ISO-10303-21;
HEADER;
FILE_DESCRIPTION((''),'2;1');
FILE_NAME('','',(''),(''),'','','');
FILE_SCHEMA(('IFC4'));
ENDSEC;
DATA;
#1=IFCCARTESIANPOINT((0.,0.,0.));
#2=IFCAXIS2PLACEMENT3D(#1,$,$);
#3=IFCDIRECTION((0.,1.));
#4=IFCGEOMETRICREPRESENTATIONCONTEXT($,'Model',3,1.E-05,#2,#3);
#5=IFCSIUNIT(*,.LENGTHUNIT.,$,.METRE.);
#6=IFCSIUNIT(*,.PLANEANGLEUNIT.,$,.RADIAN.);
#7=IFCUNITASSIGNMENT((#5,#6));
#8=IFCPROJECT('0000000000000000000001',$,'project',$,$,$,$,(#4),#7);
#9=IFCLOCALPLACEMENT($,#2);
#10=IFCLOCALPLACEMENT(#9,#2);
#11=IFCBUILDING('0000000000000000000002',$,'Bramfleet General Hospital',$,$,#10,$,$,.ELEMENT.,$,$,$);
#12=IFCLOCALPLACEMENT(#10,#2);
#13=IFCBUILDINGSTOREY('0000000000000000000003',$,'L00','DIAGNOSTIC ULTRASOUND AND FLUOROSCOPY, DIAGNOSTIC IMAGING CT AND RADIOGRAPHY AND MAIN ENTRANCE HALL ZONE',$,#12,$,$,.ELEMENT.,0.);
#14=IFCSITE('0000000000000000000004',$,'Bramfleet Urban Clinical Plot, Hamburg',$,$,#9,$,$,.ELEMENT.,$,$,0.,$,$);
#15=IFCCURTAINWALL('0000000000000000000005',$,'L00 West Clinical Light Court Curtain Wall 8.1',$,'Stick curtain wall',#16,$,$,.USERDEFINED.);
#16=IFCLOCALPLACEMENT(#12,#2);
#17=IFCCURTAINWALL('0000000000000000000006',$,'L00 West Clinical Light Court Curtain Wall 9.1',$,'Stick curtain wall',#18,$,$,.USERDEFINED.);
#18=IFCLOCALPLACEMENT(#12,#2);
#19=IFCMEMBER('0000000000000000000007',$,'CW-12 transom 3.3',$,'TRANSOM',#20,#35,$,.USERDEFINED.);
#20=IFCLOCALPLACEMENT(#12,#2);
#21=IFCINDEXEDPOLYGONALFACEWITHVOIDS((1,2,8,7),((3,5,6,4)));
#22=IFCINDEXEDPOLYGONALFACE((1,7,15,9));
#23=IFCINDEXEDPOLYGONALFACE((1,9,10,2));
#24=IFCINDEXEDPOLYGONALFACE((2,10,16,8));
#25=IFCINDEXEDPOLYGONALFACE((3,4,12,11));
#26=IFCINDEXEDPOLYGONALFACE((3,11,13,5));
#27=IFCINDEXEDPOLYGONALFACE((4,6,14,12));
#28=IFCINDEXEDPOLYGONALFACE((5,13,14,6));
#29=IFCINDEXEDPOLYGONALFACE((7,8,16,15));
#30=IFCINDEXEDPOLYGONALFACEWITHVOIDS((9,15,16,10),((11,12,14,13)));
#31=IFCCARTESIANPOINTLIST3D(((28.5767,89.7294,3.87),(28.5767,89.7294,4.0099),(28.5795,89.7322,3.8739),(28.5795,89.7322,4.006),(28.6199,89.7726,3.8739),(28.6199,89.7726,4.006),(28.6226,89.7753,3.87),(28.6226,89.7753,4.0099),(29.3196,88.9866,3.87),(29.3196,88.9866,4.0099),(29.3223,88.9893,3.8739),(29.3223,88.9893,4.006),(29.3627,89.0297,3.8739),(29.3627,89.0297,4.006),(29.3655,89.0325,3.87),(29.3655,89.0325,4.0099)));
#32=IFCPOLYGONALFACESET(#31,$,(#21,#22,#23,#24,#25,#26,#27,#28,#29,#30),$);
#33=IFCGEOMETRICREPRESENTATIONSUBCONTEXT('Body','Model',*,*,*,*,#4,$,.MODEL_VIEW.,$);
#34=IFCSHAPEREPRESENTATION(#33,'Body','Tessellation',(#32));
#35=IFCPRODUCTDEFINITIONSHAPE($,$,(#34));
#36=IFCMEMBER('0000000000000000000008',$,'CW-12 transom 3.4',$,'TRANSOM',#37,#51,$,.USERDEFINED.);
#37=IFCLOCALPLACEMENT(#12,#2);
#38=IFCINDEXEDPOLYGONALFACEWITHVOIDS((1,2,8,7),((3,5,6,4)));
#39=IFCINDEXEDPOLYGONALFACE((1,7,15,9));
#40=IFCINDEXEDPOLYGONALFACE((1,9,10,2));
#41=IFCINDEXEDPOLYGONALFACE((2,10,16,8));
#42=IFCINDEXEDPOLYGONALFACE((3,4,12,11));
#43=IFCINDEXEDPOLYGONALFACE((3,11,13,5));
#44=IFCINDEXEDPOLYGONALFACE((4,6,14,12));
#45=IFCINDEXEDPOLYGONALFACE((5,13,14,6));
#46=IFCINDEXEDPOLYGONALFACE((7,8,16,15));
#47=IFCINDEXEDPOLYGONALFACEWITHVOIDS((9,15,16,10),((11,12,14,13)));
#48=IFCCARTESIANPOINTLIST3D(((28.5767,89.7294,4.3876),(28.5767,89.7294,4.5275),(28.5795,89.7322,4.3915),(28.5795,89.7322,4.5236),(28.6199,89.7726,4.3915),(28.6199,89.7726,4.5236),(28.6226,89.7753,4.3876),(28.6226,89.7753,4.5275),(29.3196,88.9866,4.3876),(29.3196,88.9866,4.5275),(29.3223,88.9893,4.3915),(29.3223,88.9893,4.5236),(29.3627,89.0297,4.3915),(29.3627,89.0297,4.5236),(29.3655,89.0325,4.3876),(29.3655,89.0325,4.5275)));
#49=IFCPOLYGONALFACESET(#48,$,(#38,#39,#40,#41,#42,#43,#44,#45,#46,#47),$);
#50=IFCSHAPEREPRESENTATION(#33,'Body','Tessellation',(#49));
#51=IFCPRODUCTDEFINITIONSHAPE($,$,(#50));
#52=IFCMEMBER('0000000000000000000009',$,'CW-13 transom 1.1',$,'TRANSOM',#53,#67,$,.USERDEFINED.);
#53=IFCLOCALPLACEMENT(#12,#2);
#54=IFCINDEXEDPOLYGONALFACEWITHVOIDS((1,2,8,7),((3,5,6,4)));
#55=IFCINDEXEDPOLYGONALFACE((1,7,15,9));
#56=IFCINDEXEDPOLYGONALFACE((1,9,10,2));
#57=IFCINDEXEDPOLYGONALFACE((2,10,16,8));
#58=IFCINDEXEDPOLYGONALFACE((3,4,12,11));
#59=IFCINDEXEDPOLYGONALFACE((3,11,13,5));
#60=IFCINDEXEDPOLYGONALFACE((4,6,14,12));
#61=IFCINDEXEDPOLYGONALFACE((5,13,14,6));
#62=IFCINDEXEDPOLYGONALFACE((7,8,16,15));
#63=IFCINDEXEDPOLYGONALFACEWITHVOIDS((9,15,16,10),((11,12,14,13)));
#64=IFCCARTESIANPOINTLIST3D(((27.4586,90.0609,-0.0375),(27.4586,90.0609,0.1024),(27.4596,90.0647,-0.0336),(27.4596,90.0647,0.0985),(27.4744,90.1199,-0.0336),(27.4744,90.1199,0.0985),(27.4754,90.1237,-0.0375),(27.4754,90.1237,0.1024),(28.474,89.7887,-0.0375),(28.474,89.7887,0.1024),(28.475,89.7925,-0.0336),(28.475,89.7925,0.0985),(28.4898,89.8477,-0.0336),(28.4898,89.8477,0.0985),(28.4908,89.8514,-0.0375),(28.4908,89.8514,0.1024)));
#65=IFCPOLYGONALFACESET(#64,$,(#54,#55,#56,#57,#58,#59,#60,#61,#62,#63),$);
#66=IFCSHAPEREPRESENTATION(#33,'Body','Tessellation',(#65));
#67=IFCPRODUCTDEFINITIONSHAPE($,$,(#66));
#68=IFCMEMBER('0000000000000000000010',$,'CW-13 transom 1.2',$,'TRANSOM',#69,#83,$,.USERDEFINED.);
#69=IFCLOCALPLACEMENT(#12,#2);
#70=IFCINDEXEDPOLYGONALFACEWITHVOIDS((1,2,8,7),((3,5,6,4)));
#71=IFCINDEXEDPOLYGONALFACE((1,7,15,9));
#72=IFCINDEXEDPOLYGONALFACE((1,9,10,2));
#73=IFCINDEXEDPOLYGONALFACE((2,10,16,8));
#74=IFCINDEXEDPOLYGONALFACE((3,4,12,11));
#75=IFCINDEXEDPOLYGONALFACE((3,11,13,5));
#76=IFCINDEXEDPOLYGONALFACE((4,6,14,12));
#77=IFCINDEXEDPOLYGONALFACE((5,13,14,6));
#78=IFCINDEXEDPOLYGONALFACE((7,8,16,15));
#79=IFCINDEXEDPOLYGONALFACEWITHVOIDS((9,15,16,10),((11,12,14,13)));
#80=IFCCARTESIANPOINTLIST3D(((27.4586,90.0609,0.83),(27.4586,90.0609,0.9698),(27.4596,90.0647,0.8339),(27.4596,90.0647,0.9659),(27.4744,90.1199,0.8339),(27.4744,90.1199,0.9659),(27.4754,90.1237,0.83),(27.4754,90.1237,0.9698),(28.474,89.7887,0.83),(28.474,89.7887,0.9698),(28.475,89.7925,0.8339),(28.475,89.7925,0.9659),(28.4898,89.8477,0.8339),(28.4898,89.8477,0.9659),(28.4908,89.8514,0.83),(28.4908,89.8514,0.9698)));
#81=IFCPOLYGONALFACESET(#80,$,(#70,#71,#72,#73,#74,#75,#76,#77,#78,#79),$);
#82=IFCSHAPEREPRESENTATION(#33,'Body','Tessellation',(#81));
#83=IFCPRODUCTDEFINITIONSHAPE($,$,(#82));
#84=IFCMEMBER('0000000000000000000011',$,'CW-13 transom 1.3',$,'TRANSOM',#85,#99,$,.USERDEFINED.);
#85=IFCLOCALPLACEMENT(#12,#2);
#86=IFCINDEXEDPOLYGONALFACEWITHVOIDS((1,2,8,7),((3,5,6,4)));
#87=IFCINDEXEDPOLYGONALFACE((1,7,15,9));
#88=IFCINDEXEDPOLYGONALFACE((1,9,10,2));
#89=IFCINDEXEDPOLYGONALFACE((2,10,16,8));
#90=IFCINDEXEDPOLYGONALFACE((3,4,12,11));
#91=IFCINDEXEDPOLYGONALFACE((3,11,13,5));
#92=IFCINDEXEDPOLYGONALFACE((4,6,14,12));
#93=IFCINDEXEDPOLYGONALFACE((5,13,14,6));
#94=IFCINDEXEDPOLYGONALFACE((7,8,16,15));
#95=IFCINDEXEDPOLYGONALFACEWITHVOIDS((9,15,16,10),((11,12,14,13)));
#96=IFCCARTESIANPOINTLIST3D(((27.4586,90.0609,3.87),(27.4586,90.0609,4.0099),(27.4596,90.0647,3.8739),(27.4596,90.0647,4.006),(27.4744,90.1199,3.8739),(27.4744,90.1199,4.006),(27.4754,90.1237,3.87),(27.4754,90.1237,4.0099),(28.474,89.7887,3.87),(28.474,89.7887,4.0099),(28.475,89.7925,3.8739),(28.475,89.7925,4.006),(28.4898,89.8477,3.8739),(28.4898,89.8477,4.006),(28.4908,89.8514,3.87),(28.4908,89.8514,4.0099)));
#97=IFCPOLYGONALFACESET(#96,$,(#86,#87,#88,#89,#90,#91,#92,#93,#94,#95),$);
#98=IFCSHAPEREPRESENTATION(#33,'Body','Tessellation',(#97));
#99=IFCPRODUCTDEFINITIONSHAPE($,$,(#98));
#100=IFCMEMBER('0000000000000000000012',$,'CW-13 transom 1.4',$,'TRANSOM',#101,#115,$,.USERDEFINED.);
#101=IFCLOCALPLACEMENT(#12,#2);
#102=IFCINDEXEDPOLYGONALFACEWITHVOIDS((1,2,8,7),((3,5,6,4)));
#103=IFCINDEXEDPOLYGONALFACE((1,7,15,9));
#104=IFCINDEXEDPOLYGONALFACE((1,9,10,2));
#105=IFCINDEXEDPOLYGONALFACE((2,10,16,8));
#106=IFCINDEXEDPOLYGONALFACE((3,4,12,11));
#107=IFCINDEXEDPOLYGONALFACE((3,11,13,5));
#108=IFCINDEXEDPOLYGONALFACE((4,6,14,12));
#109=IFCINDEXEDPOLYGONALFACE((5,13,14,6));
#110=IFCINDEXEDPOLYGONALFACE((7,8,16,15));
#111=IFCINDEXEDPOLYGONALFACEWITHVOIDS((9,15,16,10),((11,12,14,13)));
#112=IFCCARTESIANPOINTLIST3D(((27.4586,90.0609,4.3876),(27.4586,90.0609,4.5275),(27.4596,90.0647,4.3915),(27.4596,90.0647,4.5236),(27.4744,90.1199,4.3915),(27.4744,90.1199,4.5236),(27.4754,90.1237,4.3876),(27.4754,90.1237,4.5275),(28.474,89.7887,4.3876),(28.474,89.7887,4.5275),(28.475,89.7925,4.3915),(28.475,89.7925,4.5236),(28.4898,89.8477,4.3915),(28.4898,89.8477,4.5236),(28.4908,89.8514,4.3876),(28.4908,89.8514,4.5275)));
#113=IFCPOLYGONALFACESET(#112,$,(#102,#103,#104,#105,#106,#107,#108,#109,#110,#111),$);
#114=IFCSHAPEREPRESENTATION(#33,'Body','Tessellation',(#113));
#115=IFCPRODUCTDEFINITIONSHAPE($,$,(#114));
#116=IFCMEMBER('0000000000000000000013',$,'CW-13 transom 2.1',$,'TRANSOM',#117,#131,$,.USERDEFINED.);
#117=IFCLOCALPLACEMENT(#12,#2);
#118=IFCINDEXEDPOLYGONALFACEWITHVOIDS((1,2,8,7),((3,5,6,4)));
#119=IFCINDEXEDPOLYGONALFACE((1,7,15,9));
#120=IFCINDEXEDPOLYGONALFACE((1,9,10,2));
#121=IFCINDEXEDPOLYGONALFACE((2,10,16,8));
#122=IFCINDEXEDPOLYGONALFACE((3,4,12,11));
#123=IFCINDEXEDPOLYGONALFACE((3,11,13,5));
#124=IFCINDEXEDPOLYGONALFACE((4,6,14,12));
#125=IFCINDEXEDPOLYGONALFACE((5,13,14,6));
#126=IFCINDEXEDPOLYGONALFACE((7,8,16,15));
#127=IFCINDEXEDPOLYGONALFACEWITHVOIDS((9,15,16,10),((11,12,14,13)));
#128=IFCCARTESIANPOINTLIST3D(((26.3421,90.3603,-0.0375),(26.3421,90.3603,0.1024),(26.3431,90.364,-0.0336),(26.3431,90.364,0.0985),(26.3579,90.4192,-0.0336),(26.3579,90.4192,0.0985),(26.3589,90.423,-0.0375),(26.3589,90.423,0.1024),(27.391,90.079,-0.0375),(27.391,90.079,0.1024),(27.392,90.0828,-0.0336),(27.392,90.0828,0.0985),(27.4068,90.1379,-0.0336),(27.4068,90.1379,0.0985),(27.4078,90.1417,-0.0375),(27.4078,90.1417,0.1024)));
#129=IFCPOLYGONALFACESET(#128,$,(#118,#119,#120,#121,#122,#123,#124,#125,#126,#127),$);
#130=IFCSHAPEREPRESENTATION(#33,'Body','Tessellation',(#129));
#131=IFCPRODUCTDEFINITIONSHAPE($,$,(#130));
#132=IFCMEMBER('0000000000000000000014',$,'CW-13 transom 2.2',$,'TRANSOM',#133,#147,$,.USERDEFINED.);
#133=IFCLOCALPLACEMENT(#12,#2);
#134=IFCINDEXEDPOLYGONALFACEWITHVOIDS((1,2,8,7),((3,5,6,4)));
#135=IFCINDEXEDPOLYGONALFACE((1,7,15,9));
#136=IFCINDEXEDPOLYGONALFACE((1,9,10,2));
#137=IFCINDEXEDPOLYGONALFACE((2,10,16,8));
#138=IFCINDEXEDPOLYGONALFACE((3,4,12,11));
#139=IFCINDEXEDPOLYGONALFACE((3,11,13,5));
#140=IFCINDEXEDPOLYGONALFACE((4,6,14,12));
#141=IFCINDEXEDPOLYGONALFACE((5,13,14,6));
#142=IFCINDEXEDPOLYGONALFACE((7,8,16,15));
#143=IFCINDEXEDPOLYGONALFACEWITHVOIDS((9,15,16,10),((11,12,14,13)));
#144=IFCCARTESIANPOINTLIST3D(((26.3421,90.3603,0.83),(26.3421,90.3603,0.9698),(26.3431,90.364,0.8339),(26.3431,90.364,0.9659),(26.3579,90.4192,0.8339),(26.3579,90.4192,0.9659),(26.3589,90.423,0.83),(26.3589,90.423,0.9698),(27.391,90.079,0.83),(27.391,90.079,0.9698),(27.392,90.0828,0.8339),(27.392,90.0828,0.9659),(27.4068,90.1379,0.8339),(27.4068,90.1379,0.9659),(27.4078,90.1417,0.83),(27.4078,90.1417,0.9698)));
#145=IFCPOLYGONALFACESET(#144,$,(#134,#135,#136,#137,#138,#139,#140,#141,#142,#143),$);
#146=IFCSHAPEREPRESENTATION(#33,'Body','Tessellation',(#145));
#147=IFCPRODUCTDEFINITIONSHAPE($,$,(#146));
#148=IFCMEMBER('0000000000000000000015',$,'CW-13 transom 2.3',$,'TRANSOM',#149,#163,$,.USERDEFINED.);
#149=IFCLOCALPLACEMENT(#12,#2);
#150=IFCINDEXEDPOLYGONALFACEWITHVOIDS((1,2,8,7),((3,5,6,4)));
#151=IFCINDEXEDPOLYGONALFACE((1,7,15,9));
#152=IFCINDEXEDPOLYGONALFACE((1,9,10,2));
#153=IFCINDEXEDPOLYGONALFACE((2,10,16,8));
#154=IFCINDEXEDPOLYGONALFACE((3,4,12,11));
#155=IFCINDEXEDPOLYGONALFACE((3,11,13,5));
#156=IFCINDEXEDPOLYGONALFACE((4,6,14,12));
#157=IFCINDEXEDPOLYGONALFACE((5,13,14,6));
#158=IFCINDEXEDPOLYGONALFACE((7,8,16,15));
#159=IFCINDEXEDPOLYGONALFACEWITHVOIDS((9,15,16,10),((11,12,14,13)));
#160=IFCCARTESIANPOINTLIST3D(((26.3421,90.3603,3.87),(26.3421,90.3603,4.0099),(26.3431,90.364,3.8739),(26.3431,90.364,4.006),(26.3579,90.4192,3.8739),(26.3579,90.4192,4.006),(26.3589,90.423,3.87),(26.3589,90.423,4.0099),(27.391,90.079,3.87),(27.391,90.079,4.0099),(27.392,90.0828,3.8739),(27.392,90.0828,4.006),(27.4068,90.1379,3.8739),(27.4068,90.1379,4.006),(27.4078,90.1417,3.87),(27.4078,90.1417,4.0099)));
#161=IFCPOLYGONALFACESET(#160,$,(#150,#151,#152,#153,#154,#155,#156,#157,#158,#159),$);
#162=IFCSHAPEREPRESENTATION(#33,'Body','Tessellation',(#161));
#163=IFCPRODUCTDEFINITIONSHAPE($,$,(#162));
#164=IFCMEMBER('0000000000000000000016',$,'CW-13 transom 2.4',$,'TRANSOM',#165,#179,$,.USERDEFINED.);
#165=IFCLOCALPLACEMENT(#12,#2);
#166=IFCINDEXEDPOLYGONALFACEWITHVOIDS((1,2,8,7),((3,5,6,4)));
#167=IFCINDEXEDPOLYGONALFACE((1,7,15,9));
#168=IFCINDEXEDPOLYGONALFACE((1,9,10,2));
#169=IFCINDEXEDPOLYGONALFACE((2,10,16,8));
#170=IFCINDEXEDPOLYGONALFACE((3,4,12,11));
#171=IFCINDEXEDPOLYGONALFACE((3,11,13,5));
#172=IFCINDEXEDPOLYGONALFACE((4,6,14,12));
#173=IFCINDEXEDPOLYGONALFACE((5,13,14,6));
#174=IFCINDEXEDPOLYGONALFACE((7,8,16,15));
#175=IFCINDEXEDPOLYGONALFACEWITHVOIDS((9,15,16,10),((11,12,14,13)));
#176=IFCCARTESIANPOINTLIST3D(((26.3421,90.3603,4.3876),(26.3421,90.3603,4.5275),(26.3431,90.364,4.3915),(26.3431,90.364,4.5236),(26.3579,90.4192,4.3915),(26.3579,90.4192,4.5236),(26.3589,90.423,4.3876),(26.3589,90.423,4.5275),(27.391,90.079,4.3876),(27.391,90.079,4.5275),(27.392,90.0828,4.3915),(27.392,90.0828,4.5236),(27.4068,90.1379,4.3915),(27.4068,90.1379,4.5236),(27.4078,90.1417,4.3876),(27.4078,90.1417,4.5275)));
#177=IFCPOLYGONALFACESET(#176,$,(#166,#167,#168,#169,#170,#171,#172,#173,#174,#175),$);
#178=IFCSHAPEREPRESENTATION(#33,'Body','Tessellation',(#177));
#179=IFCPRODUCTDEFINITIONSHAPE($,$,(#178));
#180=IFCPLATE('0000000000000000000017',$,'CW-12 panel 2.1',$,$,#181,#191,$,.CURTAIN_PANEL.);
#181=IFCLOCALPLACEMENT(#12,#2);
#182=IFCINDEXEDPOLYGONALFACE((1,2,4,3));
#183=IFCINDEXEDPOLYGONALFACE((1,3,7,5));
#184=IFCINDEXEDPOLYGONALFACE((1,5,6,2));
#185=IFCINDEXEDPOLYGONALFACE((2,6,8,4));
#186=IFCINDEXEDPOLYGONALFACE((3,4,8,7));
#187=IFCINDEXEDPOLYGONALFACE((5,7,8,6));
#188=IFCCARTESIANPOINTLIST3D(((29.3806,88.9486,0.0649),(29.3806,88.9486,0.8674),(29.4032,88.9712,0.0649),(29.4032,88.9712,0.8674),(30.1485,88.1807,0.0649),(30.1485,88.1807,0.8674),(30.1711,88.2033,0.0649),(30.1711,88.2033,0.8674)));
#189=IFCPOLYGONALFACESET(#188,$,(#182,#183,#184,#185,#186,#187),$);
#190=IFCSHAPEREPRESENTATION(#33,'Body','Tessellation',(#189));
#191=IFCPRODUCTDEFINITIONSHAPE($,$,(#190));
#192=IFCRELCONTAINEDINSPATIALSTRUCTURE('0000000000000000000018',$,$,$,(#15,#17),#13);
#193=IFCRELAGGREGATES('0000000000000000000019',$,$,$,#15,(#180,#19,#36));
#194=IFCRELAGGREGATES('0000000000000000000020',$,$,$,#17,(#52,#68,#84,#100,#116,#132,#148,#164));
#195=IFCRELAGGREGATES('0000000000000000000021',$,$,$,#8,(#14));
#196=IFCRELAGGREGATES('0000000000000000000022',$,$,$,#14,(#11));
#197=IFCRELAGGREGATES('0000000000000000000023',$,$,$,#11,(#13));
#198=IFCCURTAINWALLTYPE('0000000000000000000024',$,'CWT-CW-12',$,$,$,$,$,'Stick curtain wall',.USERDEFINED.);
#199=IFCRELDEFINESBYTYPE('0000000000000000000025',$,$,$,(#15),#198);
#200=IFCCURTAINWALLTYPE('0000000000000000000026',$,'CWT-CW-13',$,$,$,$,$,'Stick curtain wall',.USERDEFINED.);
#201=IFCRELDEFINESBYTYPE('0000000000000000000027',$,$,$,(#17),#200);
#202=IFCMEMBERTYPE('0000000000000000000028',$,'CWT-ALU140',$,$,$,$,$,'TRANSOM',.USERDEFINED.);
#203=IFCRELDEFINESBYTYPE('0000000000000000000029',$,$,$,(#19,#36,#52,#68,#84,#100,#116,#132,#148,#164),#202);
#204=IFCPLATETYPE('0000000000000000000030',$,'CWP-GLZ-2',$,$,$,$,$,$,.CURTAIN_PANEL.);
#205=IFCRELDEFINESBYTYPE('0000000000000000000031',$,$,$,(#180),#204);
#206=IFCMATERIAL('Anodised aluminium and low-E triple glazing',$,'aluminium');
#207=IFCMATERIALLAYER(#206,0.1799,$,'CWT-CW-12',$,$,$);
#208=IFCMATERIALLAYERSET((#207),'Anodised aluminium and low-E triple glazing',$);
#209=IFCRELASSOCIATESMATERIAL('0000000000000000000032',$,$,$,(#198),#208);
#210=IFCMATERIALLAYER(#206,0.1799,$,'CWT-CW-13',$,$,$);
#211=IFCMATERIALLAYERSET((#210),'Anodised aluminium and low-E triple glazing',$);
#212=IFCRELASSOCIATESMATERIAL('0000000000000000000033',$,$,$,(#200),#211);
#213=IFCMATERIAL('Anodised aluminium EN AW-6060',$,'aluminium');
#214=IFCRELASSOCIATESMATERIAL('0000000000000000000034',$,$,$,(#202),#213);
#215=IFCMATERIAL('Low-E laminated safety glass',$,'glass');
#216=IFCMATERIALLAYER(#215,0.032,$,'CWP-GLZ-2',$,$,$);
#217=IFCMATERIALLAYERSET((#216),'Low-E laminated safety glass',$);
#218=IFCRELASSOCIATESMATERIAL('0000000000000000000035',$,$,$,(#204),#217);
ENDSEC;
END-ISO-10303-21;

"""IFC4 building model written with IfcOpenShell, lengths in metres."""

from ifc_helpers import new_model, si_unit, direction, frame, origin, origin_2d, place, context, subcontext, project, spatial, rectangle, hollow_rectangle, extrude, material, layer, layer_set, material_profile, profile_set, type_object, element, aggregate, save


model = new_model("IFC4")

# Units and contexts
model_context = context("Model", 3, precision=1e-05, world=origin(), true_north=direction((0.0, 1.0)))
body_context = subcontext(model_context, "Body", "Model", "MODEL_VIEW")
ifc_project = project(units=[si_unit("LENGTHUNIT", "METRE"), si_unit("PLANEANGLEUNIT", "RADIAN")], contexts=[model_context])

# Site, building, storey
site_placement = place(None, origin())
site = spatial("IfcSite", under=ifc_project, at=site_placement, Name="Bramfleet Urban Clinical Plot, Hamburg", CompositionType="ELEMENT", RefElevation=0.0)
building_placement = place(site_placement, origin())
building = spatial("IfcBuilding", under=site, at=building_placement, Name="Bramfleet General Hospital", CompositionType="ELEMENT")
storey_placement = place(building_placement, origin())
storey = spatial("IfcBuildingStorey", under=building, at=storey_placement, Name="L00", Description="DIAGNOSTIC ULTRASOUND AND FLUOROSCOPY, DIAGNOSTIC IMAGING CT AND RADIOGRAPHY AND MAIN ENTRANCE HALL ZONE", CompositionType="ELEMENT", Elevation=0.0)

# Curtain walls
ifc_material_1 = material(Name="Anodised aluminium and low-E triple glazing", Category="aluminium")
ifc_layer_1 = layer(ifc_material_1, 0.1799, Name="CWT-CW-12")
ifc_layer_set_1 = layer_set([ifc_layer_1], Name="Anodised aluminium and low-E triple glazing")
curtain_wall_type_1 = type_object("IfcCurtainWallType", Name="CWT-CW-12", ElementType="Stick curtain wall", PredefinedType="USERDEFINED", material=ifc_layer_set_1)
curtain_wall_1_placement = place(storey_placement, origin())
curtain_wall_1 = element("IfcCurtainWall", 1, at=curtain_wall_1_placement, inside=storey, type_object=curtain_wall_type_1, Name="L00 West Clinical Light Court Curtain Wall 8.1", ObjectType="Stick curtain wall", PredefinedType="USERDEFINED")
ifc_material_2 = material(Name="Anodised aluminium EN AW-6060", Category="aluminium")
ifc_layer_2 = layer(ifc_material_1, 0.1799, Name="CWT-CW-13")
ifc_layer_set_2 = layer_set([ifc_layer_2], Name="Anodised aluminium and low-E triple glazing")
curtain_wall_type_2 = type_object("IfcCurtainWallType", Name="CWT-CW-13", ElementType="Stick curtain wall", PredefinedType="USERDEFINED", material=ifc_layer_set_2)
curtain_wall_2_placement = place(storey_placement, origin())
curtain_wall_2 = element("IfcCurtainWall", 2, at=curtain_wall_2_placement, inside=storey, type_object=curtain_wall_type_2, Name="L00 West Clinical Light Court Curtain Wall 9.1", ObjectType="Stick curtain wall", PredefinedType="USERDEFINED")

# Members
ifc_material_profile_1 = material_profile(ifc_material_2, hollow_rectangle(XDim=0.0649, YDim=0.1399, WallThickness=0.0039, at=origin_2d()), Name="ALU 140x65x4.0")
ifc_profile_set_1 = profile_set([ifc_material_profile_1], Name="Anodised aluminium EN AW-6060")
member_type_1 = type_object("IfcMemberType", Name="CWT-ALU140", ElementType="TRANSOM", PredefinedType="USERDEFINED", material=ifc_profile_set_1)
member_1_placement = place(storey_placement, frame((29.3425, 89.0095, 3.9399), z_axis=(-0.707107, 0.707107, 0.0), x_axis=(-0.707107, -0.707107, 0.0)))
member_1 = element("IfcMember", 3, at=member_1_placement, type_object=member_type_1, Name="CW-12 transom 3.3", ObjectType="TRANSOM", PredefinedType="USERDEFINED", context=body_context, shape_type="SweptSolid", body=[
    extrude(hollow_rectangle(XDim=0.0649, YDim=0.1399, WallThickness=0.0039, at=origin_2d()), origin(), (0.0, 0.0, 1.0), 1.0505),
])
member_2_placement = place(storey_placement, frame((29.3425, 89.0095, 4.4575), z_axis=(-0.707107, 0.707107, 0.0), x_axis=(-0.707107, -0.707107, 0.0)))
member_2 = element("IfcMember", 4, at=member_2_placement, type_object=member_type_1, Name="CW-12 transom 3.4", ObjectType="TRANSOM", PredefinedType="USERDEFINED", context=body_context, shape_type="SweptSolid", body=[
    extrude(hollow_rectangle(XDim=0.0649, YDim=0.1399, WallThickness=0.0039, at=origin_2d()), origin(), (0.0, 0.0, 1.0), 1.0505),
])
member_3_placement = place(storey_placement, frame((28.4824, 89.8201, 0.0325), z_axis=(-0.965891, 0.258949, 0.0), x_axis=(-0.258949, -0.965891, 0.0)))
member_3 = element("IfcMember", 5, at=member_3_placement, type_object=member_type_1, Name="CW-13 transom 1.1", ObjectType="TRANSOM", PredefinedType="USERDEFINED", context=body_context, shape_type="SweptSolid", body=[
    extrude(hollow_rectangle(XDim=0.0649, YDim=0.1399, WallThickness=0.0039, at=origin_2d()), origin(), (0.0, 0.0, 1.0), 1.0513),
])
member_4_placement = place(storey_placement, frame((28.4824, 89.8201, 0.8999), z_axis=(-0.965891, 0.258949, 0.0), x_axis=(-0.258949, -0.965891, 0.0)))
member_4 = element("IfcMember", 6, at=member_4_placement, type_object=member_type_1, Name="CW-13 transom 1.2", ObjectType="TRANSOM", PredefinedType="USERDEFINED", context=body_context, shape_type="SweptSolid", body=[
    extrude(hollow_rectangle(XDim=0.0649, YDim=0.1399, WallThickness=0.0039, at=origin_2d()), origin(), (0.0, 0.0, 1.0), 1.0513),
])
member_5_placement = place(storey_placement, frame((28.4824, 89.8201, 3.9399), z_axis=(-0.965891, 0.258949, 0.0), x_axis=(-0.258949, -0.965891, 0.0)))
member_5 = element("IfcMember", 7, at=member_5_placement, type_object=member_type_1, Name="CW-13 transom 1.3", ObjectType="TRANSOM", PredefinedType="USERDEFINED", context=body_context, shape_type="SweptSolid", body=[
    extrude(hollow_rectangle(XDim=0.0649, YDim=0.1399, WallThickness=0.0039, at=origin_2d()), origin(), (0.0, 0.0, 1.0), 1.0513),
])
member_6_placement = place(storey_placement, frame((28.4824, 89.8201, 4.4575), z_axis=(-0.965891, 0.258949, 0.0), x_axis=(-0.258949, -0.965891, 0.0)))
member_6 = element("IfcMember", 8, at=member_6_placement, type_object=member_type_1, Name="CW-13 transom 1.4", ObjectType="TRANSOM", PredefinedType="USERDEFINED", context=body_context, shape_type="SweptSolid", body=[
    extrude(hollow_rectangle(XDim=0.0649, YDim=0.1399, WallThickness=0.0039, at=origin_2d()), origin(), (0.0, 0.0, 1.0), 1.0513),
])
member_7_placement = place(storey_placement, frame((27.3994, 90.1104, 0.0325), z_axis=(-0.965876, 0.259006, 0.0), x_axis=(-0.259006, -0.965876, 0.0)))
member_7 = element("IfcMember", 9, at=member_7_placement, type_object=member_type_1, Name="CW-13 transom 2.1", ObjectType="TRANSOM", PredefinedType="USERDEFINED", context=body_context, shape_type="SweptSolid", body=[
    extrude(hollow_rectangle(XDim=0.0649, YDim=0.1399, WallThickness=0.0039, at=origin_2d()), origin(), (0.0, 0.0, 1.0), 1.0859),
])
member_8_placement = place(storey_placement, frame((27.3994, 90.1104, 0.8999), z_axis=(-0.965876, 0.259006, 0.0), x_axis=(-0.259006, -0.965876, 0.0)))
member_8 = element("IfcMember", 10, at=member_8_placement, type_object=member_type_1, Name="CW-13 transom 2.2", ObjectType="TRANSOM", PredefinedType="USERDEFINED", context=body_context, shape_type="SweptSolid", body=[
    extrude(hollow_rectangle(XDim=0.0649, YDim=0.1399, WallThickness=0.0039, at=origin_2d()), origin(), (0.0, 0.0, 1.0), 1.0859),
])
member_9_placement = place(storey_placement, frame((27.3994, 90.1104, 3.9399), z_axis=(-0.965876, 0.259006, 0.0), x_axis=(-0.259006, -0.965876, 0.0)))
member_9 = element("IfcMember", 11, at=member_9_placement, type_object=member_type_1, Name="CW-13 transom 2.3", ObjectType="TRANSOM", PredefinedType="USERDEFINED", context=body_context, shape_type="SweptSolid", body=[
    extrude(hollow_rectangle(XDim=0.0649, YDim=0.1399, WallThickness=0.0039, at=origin_2d()), origin(), (0.0, 0.0, 1.0), 1.0859),
])
member_10_placement = place(storey_placement, frame((27.3994, 90.1104, 4.4575), z_axis=(-0.965876, 0.259006, 0.0), x_axis=(-0.259006, -0.965876, 0.0)))
member_10 = element("IfcMember", 12, at=member_10_placement, type_object=member_type_1, Name="CW-13 transom 2.4", ObjectType="TRANSOM", PredefinedType="USERDEFINED", context=body_context, shape_type="SweptSolid", body=[
    extrude(hollow_rectangle(XDim=0.0649, YDim=0.1399, WallThickness=0.0039, at=origin_2d()), origin(), (0.0, 0.0, 1.0), 1.0859),
])

# Plate
ifc_material_3 = material(Name="Low-E laminated safety glass", Category="glass")
ifc_layer_3 = layer(ifc_material_3, 0.032, Name="CWP-GLZ-2")
ifc_layer_set_3 = layer_set([ifc_layer_3], Name="Low-E laminated safety glass")
plate_type = type_object("IfcPlateType", Name="CWP-GLZ-2", PredefinedType="CURTAIN_PANEL", material=ifc_layer_set_3)
plate_1_placement = place(storey_placement, frame((29.7759, 88.5759, 0.0649), z_axis=(0.0, 0.0, 1.0), x_axis=(-0.707107, 0.707107, 0.0)))
plate_1 = element("IfcPlate", 13, at=plate_1_placement, type_object=plate_type, Name="CW-12 panel 2.1", PredefinedType="CURTAIN_PANEL", context=body_context, shape_type="SweptSolid", body=[
    extrude(rectangle(XDim=1.0859, YDim=0.032, at=origin_2d()), origin(), (0.0, 0.0, 1.0), 0.8025),
])
aggregate(curtain_wall_1, [plate_1, member_1, member_2])
aggregate(curtain_wall_2, [member_3, member_4, member_5, member_6, member_7, member_8, member_9, member_10])

save(model, "model.ifc")
